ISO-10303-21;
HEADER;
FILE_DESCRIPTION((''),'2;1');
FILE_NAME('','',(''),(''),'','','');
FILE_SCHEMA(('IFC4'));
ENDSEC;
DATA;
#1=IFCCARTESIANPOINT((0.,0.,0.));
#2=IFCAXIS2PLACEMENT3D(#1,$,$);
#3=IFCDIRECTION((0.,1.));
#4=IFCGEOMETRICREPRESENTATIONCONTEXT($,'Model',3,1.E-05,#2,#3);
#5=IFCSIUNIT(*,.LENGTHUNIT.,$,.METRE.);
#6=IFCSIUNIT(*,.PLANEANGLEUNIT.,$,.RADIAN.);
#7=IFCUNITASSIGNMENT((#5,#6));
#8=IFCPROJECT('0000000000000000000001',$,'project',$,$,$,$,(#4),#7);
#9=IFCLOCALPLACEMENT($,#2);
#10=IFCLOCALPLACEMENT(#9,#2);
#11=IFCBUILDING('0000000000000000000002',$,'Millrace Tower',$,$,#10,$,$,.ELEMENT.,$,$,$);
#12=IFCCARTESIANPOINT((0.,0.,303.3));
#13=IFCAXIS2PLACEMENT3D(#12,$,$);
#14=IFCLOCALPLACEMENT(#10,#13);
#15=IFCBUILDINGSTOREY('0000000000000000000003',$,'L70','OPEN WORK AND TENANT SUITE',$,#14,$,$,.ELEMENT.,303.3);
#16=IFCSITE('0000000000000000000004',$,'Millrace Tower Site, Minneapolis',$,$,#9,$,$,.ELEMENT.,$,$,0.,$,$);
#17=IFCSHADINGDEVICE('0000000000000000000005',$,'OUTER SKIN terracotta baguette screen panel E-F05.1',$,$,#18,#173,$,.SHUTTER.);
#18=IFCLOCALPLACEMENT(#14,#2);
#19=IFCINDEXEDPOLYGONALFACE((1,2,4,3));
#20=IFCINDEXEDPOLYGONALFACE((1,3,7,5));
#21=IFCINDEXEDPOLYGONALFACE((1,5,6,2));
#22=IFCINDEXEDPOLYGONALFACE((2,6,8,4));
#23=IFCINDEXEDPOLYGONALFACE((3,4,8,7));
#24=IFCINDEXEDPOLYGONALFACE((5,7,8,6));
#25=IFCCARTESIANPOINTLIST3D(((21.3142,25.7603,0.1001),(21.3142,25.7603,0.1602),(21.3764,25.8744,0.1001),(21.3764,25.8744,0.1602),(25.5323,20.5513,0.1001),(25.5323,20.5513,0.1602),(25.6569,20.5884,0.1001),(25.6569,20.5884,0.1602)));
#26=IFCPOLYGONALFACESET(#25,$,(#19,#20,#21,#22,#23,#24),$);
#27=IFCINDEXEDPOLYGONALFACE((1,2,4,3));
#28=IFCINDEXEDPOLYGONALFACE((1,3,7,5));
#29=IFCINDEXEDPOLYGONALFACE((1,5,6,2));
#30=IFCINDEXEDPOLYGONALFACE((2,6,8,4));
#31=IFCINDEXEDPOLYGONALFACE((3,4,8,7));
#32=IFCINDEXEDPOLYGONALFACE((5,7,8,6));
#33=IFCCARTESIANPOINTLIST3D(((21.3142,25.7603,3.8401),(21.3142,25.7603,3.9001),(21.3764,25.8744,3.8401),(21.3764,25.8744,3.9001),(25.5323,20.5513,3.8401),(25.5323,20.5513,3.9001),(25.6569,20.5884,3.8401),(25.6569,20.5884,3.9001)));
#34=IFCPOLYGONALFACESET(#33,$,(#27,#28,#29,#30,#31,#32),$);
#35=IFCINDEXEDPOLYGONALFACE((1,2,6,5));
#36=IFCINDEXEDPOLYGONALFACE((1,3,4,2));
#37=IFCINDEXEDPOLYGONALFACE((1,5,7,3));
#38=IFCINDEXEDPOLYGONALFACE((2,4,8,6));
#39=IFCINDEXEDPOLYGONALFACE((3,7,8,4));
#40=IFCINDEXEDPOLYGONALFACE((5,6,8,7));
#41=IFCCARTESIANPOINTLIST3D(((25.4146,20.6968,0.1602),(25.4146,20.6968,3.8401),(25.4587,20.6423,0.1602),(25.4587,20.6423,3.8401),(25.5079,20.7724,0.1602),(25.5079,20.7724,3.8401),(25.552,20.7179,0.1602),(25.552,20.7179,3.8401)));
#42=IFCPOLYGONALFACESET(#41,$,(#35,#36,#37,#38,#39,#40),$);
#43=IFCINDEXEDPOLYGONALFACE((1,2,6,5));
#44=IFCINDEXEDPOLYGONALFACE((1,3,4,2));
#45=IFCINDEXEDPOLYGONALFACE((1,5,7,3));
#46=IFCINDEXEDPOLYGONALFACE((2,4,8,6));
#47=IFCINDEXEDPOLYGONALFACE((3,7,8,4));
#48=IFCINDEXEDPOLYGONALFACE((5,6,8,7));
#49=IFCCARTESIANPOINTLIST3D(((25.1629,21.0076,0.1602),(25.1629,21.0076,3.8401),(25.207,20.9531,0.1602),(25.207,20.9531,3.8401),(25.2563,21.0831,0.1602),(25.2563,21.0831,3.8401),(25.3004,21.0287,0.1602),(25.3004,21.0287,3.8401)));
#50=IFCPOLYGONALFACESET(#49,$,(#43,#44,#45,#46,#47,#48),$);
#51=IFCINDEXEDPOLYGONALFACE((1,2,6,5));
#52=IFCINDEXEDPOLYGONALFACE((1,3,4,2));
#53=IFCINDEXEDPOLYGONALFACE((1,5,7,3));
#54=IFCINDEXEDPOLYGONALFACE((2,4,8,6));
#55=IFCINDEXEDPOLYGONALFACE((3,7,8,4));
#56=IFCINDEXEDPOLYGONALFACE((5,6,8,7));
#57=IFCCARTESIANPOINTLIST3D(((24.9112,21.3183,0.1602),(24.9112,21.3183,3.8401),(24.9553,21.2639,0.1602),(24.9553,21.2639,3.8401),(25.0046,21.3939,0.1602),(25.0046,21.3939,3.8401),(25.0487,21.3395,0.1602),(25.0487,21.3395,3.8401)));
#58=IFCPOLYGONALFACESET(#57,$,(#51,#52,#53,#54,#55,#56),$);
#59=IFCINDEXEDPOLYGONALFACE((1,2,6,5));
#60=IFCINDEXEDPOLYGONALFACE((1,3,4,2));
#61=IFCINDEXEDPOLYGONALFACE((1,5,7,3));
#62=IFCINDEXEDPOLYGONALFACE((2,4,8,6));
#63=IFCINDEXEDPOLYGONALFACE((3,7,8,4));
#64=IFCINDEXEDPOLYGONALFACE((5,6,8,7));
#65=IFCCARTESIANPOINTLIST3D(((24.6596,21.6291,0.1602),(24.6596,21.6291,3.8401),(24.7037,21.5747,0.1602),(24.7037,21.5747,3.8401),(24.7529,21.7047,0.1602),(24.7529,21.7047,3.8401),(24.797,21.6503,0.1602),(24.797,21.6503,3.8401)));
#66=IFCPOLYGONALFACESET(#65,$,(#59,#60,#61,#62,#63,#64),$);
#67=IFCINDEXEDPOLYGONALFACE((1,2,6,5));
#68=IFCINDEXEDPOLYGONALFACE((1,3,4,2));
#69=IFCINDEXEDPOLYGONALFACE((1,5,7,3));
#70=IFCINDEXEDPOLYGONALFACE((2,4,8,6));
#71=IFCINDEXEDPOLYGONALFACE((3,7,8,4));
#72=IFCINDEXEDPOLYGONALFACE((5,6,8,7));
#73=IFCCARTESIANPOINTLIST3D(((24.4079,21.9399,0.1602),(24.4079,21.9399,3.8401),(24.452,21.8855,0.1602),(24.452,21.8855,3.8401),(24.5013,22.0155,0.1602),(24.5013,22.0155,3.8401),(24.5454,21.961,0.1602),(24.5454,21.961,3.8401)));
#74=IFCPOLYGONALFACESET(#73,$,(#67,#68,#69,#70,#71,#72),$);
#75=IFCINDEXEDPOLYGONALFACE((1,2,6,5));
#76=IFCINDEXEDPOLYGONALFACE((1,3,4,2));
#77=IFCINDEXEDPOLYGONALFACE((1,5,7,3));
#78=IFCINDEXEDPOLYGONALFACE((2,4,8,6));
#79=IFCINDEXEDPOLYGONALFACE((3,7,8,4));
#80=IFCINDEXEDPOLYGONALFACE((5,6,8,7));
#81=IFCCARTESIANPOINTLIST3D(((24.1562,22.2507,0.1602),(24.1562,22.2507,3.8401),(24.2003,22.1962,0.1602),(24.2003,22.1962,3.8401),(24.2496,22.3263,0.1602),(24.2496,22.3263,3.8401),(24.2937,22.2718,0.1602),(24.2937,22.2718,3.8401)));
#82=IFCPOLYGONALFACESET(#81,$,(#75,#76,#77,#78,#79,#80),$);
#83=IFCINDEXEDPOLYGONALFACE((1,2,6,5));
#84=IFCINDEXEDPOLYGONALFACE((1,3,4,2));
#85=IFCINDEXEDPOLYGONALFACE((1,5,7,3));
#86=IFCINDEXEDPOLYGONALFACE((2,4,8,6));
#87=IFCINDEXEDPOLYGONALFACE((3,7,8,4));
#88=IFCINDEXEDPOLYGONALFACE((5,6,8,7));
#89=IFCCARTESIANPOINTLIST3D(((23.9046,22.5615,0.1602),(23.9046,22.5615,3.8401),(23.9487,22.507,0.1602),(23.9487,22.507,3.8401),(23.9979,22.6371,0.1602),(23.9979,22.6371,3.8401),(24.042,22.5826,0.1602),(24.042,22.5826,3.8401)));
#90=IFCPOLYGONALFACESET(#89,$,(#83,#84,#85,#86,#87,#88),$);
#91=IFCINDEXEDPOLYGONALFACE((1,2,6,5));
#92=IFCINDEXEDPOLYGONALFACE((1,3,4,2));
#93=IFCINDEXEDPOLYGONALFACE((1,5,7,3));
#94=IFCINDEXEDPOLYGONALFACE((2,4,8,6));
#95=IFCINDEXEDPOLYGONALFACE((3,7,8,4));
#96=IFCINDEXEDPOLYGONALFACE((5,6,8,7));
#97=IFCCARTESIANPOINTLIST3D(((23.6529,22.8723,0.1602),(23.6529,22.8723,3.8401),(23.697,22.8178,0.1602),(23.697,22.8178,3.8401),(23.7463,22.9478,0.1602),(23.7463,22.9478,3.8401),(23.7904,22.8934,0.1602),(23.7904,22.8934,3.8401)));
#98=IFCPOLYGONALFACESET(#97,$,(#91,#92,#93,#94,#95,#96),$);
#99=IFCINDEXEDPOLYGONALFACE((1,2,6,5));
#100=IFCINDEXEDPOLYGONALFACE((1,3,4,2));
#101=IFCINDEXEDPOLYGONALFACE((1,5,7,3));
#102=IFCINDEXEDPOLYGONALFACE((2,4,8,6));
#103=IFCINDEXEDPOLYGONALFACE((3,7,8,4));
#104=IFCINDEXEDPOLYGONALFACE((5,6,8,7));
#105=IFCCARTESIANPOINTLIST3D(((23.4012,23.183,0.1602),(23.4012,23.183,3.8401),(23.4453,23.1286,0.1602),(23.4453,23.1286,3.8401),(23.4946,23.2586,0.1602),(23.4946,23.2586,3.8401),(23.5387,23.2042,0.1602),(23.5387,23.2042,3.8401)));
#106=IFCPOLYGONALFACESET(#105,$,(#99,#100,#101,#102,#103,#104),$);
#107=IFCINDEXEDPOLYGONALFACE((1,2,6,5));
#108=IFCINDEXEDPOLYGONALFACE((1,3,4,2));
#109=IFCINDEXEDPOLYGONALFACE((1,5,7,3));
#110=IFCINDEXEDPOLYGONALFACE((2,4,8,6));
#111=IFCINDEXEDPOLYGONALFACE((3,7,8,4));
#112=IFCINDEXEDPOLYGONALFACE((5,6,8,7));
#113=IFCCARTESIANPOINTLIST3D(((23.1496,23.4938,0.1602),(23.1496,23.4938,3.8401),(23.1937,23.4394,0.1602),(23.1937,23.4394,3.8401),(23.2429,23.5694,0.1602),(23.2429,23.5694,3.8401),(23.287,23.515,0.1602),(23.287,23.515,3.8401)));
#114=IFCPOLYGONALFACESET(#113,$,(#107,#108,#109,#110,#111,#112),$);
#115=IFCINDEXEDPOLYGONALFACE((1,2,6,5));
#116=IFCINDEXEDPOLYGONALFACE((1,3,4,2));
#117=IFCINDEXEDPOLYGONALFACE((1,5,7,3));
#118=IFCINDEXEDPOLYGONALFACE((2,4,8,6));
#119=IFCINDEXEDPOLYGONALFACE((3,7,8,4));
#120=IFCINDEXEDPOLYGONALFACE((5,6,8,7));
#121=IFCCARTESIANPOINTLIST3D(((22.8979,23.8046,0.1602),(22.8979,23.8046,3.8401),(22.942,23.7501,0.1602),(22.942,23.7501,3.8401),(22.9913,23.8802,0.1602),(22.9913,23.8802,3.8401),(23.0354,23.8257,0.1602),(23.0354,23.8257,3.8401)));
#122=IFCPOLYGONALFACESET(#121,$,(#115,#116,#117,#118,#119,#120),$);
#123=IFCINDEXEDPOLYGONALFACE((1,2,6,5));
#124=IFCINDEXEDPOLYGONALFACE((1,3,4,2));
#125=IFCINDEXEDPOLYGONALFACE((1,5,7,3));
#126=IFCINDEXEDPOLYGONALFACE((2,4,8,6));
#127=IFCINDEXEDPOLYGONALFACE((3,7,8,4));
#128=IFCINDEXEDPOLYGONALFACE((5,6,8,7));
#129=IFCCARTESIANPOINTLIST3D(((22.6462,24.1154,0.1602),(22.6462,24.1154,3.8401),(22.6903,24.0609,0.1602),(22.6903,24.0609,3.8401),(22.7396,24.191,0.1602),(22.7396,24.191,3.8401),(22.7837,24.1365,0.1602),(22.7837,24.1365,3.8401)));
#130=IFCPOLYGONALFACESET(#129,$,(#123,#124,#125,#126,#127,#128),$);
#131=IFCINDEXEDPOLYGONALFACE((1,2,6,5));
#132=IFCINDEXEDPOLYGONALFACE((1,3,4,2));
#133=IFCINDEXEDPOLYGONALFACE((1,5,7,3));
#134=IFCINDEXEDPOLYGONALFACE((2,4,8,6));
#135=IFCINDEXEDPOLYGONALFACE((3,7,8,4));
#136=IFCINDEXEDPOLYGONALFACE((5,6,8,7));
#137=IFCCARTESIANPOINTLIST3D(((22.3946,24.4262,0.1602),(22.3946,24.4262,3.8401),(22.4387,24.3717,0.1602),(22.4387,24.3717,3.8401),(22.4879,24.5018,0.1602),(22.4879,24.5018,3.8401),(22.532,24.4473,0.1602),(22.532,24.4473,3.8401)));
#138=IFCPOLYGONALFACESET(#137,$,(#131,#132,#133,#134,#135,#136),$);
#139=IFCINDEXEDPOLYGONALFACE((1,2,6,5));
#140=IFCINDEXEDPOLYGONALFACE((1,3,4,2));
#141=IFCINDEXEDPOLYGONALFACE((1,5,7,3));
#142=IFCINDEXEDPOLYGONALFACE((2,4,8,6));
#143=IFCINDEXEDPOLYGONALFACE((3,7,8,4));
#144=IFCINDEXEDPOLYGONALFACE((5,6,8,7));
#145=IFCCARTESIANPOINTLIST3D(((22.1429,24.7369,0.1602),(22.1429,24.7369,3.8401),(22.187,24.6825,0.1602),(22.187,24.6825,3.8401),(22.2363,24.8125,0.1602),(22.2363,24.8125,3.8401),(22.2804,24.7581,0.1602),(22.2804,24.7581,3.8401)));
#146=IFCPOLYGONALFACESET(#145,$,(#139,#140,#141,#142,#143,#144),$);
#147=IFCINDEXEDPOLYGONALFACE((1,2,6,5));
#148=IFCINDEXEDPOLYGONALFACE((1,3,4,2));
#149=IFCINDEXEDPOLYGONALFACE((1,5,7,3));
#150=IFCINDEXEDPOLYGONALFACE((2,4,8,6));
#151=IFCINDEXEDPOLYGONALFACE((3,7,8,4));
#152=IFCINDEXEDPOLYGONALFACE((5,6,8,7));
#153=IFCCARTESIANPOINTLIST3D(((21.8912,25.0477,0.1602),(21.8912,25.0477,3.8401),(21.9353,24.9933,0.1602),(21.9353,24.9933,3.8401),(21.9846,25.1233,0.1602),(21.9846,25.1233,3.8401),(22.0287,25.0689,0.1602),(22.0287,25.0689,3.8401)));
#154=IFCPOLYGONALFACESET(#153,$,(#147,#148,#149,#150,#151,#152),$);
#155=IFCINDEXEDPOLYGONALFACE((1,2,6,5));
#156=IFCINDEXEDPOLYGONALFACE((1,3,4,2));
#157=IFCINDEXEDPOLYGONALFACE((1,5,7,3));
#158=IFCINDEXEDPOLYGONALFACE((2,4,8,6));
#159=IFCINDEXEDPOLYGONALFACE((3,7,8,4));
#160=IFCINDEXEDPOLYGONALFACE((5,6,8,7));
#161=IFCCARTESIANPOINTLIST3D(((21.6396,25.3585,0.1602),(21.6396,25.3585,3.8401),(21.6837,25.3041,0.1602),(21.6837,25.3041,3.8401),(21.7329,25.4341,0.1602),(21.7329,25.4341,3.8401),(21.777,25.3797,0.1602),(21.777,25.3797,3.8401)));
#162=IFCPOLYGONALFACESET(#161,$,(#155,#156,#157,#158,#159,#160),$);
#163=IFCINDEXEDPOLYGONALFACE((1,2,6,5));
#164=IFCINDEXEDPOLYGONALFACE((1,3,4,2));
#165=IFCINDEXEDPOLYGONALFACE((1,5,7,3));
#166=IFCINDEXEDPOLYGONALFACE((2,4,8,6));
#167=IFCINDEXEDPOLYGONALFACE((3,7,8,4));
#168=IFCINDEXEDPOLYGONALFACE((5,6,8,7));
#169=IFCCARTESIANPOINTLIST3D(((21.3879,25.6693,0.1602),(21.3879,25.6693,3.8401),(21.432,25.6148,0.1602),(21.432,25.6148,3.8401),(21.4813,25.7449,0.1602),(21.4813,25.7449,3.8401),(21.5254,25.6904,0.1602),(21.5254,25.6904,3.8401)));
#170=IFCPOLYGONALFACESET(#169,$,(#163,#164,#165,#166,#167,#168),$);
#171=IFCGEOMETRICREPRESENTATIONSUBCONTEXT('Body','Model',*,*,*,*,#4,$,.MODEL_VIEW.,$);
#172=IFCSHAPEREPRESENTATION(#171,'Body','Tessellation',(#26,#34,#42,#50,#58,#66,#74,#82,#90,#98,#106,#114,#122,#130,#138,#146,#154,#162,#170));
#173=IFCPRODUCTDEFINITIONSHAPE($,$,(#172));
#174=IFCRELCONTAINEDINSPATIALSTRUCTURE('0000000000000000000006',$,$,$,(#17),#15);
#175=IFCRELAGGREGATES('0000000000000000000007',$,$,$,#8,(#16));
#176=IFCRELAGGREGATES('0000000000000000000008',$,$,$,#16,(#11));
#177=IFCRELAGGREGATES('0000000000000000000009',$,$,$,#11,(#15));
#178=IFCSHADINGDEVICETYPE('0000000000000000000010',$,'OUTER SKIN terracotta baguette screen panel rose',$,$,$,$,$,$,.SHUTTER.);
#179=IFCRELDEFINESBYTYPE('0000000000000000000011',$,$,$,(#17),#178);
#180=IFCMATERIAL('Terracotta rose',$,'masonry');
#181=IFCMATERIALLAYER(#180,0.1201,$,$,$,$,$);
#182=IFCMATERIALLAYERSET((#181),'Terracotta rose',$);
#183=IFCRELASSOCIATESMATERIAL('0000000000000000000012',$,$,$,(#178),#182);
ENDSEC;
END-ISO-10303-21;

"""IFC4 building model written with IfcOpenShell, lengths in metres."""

from ifc_helpers import new_model, entity, si_unit, direction, frame, frame_2d, origin, origin_2d, place, context, subcontext, project, spatial, rectangle, extrude, source, transform, mapped, material, layer, layer_set, type_object, element, save


model = new_model("IFC4")

# Units and contexts
model_context = context("Model", 3, precision=1e-05, world=origin(), true_north=direction((0.0, 1.0)))
body_context = subcontext(model_context, "Body", "Model", "MODEL_VIEW")
ifc_project = project(units=[si_unit("LENGTHUNIT", "METRE"), si_unit("PLANEANGLEUNIT", "RADIAN")], contexts=[model_context])

# Site, building, storey
site_placement = place(None, origin())
site = spatial("IfcSite", under=ifc_project, at=site_placement, Name="Millrace Tower Site, Minneapolis", CompositionType="ELEMENT", RefElevation=0.0)
building_placement = place(site_placement, origin())
building = spatial("IfcBuilding", under=site, at=building_placement, Name="Millrace Tower", CompositionType="ELEMENT")
storey_placement = place(building_placement, frame((0.0, 0.0, 303.3)))
storey = spatial("IfcBuildingStorey", under=building, at=storey_placement, Name="L70", Description="OPEN WORK AND TENANT SUITE", CompositionType="ELEMENT", Elevation=303.3)

# Shading device
ifc_material_1 = material(Name="Terracotta rose", Category="masonry")
ifc_layer_1 = layer(ifc_material_1, 0.1201)
ifc_layer_set_1 = layer_set([ifc_layer_1], Name="Terracotta rose")
shading_device_type = type_object("IfcShadingDeviceType", Name="OUTER SKIN terracotta baguette screen panel rose", PredefinedType="SHUTTER", material=ifc_layer_set_1)
cartesian_point_1 = entity("IfcCartesianPoint", [-3.3513, 0.0601])
shared_polyline_1 = entity("IfcPolyline", [cartesian_point_1, entity("IfcCartesianPoint", [3.3513, 0.0601]), entity("IfcCartesianPoint", [3.4009, -0.0601]), entity("IfcCartesianPoint", [-3.4009, -0.0601]), cartesian_point_1])
shared_shape_1 = source(origin(), body_context, "Body", "SweptSolid", [
    entity("IfcExtrudedAreaSolid", entity("IfcArbitraryClosedProfileDef", "AREA", None, shared_polyline_1), entity("IfcAxis2Placement3D", entity("IfcCartesianPoint", [0.0, 0.0, 0.0])), entity("IfcDirection", [0.0, 0.0, 1.0]), 0.0601),
    entity("IfcExtrudedAreaSolid", entity("IfcArbitraryClosedProfileDef", "AREA", None, shared_polyline_1), entity("IfcAxis2Placement3D", entity("IfcCartesianPoint", [0.0, 0.0, 3.74])), entity("IfcDirection", [0.0, 0.0, 1.0]), 0.0601),
    extrude(rectangle(XDim=0.0701, YDim=0.1201, at=frame_2d((-3.1992, 0.0))), frame((0.0, 0.0, 0.0601)), (0.0, 0.0, 1.0), 3.6799),
    extrude(rectangle(XDim=0.0701, YDim=0.1201, at=frame_2d((-2.7993, 0.0))), frame((0.0, 0.0, 0.0601)), (0.0, 0.0, 1.0), 3.6799),
    extrude(rectangle(XDim=0.0701, YDim=0.1201, at=frame_2d((-2.3994, 0.0))), frame((0.0, 0.0, 0.0601)), (0.0, 0.0, 1.0), 3.6799),
    extrude(rectangle(XDim=0.0701, YDim=0.1201, at=frame_2d((-1.9995, 0.0))), frame((0.0, 0.0, 0.0601)), (0.0, 0.0, 1.0), 3.6799),
    extrude(rectangle(XDim=0.0701, YDim=0.1201, at=frame_2d((-1.5996, 0.0))), frame((0.0, 0.0, 0.0601)), (0.0, 0.0, 1.0), 3.6799),
    extrude(rectangle(XDim=0.0701, YDim=0.1201, at=frame_2d((-1.1997, 0.0))), frame((0.0, 0.0, 0.0601)), (0.0, 0.0, 1.0), 3.6799),
    extrude(rectangle(XDim=0.0701, YDim=0.1201, at=frame_2d((-0.7998, 0.0))), frame((0.0, 0.0, 0.0601)), (0.0, 0.0, 1.0), 3.6799),
    extrude(rectangle(XDim=0.0701, YDim=0.1201, at=frame_2d((-0.3999, 0.0))), frame((0.0, 0.0, 0.0601)), (0.0, 0.0, 1.0), 3.6799),
    extrude(rectangle(XDim=0.0701, YDim=0.1201, at=origin_2d()), frame((0.0, 0.0, 0.0601)), (0.0, 0.0, 1.0), 3.6799),
    extrude(rectangle(XDim=0.0701, YDim=0.1201, at=frame_2d((0.3999, 0.0))), frame((0.0, 0.0, 0.0601)), (0.0, 0.0, 1.0), 3.6799),
    extrude(rectangle(XDim=0.0701, YDim=0.1201, at=frame_2d((0.7998, 0.0))), frame((0.0, 0.0, 0.0601)), (0.0, 0.0, 1.0), 3.6799),
    extrude(rectangle(XDim=0.0701, YDim=0.1201, at=frame_2d((1.1997, 0.0))), frame((0.0, 0.0, 0.0601)), (0.0, 0.0, 1.0), 3.6799),
    extrude(rectangle(XDim=0.0701, YDim=0.1201, at=frame_2d((1.5996, 0.0))), frame((0.0, 0.0, 0.0601)), (0.0, 0.0, 1.0), 3.6799),
    extrude(rectangle(XDim=0.0701, YDim=0.1201, at=frame_2d((1.9995, 0.0))), frame((0.0, 0.0, 0.0601)), (0.0, 0.0, 1.0), 3.6799),
    extrude(rectangle(XDim=0.0701, YDim=0.1201, at=frame_2d((2.3994, 0.0))), frame((0.0, 0.0, 0.0601)), (0.0, 0.0, 1.0), 3.6799),
    extrude(rectangle(XDim=0.0701, YDim=0.1201, at=frame_2d((2.7993, 0.0))), frame((0.0, 0.0, 0.0601)), (0.0, 0.0, 1.0), 3.6799),
    extrude(rectangle(XDim=0.0701, YDim=0.1201, at=frame_2d((3.1992, 0.0))), frame((0.0, 0.0, 0.0601)), (0.0, 0.0, 1.0), 3.6799),
])
shading_device_1_placement = place(storey_placement, frame((23.47, 23.1936, 0.1001), z_axis=(0.0, 0.0, 1.0), x_axis=(-0.62932, 0.777146, 0.0)))
element("IfcShadingDevice", 1, at=shading_device_1_placement, inside=storey, type_object=shading_device_type, Name="OUTER SKIN terracotta baguette screen panel E-F05.1", PredefinedType="SHUTTER", context=body_context, shape_type="MappedRepresentation", body=[
    mapped(shared_shape_1, transform((0.0, 0.0, 0.0), scale=1.0)),
])

save(model, "model.ifc")
